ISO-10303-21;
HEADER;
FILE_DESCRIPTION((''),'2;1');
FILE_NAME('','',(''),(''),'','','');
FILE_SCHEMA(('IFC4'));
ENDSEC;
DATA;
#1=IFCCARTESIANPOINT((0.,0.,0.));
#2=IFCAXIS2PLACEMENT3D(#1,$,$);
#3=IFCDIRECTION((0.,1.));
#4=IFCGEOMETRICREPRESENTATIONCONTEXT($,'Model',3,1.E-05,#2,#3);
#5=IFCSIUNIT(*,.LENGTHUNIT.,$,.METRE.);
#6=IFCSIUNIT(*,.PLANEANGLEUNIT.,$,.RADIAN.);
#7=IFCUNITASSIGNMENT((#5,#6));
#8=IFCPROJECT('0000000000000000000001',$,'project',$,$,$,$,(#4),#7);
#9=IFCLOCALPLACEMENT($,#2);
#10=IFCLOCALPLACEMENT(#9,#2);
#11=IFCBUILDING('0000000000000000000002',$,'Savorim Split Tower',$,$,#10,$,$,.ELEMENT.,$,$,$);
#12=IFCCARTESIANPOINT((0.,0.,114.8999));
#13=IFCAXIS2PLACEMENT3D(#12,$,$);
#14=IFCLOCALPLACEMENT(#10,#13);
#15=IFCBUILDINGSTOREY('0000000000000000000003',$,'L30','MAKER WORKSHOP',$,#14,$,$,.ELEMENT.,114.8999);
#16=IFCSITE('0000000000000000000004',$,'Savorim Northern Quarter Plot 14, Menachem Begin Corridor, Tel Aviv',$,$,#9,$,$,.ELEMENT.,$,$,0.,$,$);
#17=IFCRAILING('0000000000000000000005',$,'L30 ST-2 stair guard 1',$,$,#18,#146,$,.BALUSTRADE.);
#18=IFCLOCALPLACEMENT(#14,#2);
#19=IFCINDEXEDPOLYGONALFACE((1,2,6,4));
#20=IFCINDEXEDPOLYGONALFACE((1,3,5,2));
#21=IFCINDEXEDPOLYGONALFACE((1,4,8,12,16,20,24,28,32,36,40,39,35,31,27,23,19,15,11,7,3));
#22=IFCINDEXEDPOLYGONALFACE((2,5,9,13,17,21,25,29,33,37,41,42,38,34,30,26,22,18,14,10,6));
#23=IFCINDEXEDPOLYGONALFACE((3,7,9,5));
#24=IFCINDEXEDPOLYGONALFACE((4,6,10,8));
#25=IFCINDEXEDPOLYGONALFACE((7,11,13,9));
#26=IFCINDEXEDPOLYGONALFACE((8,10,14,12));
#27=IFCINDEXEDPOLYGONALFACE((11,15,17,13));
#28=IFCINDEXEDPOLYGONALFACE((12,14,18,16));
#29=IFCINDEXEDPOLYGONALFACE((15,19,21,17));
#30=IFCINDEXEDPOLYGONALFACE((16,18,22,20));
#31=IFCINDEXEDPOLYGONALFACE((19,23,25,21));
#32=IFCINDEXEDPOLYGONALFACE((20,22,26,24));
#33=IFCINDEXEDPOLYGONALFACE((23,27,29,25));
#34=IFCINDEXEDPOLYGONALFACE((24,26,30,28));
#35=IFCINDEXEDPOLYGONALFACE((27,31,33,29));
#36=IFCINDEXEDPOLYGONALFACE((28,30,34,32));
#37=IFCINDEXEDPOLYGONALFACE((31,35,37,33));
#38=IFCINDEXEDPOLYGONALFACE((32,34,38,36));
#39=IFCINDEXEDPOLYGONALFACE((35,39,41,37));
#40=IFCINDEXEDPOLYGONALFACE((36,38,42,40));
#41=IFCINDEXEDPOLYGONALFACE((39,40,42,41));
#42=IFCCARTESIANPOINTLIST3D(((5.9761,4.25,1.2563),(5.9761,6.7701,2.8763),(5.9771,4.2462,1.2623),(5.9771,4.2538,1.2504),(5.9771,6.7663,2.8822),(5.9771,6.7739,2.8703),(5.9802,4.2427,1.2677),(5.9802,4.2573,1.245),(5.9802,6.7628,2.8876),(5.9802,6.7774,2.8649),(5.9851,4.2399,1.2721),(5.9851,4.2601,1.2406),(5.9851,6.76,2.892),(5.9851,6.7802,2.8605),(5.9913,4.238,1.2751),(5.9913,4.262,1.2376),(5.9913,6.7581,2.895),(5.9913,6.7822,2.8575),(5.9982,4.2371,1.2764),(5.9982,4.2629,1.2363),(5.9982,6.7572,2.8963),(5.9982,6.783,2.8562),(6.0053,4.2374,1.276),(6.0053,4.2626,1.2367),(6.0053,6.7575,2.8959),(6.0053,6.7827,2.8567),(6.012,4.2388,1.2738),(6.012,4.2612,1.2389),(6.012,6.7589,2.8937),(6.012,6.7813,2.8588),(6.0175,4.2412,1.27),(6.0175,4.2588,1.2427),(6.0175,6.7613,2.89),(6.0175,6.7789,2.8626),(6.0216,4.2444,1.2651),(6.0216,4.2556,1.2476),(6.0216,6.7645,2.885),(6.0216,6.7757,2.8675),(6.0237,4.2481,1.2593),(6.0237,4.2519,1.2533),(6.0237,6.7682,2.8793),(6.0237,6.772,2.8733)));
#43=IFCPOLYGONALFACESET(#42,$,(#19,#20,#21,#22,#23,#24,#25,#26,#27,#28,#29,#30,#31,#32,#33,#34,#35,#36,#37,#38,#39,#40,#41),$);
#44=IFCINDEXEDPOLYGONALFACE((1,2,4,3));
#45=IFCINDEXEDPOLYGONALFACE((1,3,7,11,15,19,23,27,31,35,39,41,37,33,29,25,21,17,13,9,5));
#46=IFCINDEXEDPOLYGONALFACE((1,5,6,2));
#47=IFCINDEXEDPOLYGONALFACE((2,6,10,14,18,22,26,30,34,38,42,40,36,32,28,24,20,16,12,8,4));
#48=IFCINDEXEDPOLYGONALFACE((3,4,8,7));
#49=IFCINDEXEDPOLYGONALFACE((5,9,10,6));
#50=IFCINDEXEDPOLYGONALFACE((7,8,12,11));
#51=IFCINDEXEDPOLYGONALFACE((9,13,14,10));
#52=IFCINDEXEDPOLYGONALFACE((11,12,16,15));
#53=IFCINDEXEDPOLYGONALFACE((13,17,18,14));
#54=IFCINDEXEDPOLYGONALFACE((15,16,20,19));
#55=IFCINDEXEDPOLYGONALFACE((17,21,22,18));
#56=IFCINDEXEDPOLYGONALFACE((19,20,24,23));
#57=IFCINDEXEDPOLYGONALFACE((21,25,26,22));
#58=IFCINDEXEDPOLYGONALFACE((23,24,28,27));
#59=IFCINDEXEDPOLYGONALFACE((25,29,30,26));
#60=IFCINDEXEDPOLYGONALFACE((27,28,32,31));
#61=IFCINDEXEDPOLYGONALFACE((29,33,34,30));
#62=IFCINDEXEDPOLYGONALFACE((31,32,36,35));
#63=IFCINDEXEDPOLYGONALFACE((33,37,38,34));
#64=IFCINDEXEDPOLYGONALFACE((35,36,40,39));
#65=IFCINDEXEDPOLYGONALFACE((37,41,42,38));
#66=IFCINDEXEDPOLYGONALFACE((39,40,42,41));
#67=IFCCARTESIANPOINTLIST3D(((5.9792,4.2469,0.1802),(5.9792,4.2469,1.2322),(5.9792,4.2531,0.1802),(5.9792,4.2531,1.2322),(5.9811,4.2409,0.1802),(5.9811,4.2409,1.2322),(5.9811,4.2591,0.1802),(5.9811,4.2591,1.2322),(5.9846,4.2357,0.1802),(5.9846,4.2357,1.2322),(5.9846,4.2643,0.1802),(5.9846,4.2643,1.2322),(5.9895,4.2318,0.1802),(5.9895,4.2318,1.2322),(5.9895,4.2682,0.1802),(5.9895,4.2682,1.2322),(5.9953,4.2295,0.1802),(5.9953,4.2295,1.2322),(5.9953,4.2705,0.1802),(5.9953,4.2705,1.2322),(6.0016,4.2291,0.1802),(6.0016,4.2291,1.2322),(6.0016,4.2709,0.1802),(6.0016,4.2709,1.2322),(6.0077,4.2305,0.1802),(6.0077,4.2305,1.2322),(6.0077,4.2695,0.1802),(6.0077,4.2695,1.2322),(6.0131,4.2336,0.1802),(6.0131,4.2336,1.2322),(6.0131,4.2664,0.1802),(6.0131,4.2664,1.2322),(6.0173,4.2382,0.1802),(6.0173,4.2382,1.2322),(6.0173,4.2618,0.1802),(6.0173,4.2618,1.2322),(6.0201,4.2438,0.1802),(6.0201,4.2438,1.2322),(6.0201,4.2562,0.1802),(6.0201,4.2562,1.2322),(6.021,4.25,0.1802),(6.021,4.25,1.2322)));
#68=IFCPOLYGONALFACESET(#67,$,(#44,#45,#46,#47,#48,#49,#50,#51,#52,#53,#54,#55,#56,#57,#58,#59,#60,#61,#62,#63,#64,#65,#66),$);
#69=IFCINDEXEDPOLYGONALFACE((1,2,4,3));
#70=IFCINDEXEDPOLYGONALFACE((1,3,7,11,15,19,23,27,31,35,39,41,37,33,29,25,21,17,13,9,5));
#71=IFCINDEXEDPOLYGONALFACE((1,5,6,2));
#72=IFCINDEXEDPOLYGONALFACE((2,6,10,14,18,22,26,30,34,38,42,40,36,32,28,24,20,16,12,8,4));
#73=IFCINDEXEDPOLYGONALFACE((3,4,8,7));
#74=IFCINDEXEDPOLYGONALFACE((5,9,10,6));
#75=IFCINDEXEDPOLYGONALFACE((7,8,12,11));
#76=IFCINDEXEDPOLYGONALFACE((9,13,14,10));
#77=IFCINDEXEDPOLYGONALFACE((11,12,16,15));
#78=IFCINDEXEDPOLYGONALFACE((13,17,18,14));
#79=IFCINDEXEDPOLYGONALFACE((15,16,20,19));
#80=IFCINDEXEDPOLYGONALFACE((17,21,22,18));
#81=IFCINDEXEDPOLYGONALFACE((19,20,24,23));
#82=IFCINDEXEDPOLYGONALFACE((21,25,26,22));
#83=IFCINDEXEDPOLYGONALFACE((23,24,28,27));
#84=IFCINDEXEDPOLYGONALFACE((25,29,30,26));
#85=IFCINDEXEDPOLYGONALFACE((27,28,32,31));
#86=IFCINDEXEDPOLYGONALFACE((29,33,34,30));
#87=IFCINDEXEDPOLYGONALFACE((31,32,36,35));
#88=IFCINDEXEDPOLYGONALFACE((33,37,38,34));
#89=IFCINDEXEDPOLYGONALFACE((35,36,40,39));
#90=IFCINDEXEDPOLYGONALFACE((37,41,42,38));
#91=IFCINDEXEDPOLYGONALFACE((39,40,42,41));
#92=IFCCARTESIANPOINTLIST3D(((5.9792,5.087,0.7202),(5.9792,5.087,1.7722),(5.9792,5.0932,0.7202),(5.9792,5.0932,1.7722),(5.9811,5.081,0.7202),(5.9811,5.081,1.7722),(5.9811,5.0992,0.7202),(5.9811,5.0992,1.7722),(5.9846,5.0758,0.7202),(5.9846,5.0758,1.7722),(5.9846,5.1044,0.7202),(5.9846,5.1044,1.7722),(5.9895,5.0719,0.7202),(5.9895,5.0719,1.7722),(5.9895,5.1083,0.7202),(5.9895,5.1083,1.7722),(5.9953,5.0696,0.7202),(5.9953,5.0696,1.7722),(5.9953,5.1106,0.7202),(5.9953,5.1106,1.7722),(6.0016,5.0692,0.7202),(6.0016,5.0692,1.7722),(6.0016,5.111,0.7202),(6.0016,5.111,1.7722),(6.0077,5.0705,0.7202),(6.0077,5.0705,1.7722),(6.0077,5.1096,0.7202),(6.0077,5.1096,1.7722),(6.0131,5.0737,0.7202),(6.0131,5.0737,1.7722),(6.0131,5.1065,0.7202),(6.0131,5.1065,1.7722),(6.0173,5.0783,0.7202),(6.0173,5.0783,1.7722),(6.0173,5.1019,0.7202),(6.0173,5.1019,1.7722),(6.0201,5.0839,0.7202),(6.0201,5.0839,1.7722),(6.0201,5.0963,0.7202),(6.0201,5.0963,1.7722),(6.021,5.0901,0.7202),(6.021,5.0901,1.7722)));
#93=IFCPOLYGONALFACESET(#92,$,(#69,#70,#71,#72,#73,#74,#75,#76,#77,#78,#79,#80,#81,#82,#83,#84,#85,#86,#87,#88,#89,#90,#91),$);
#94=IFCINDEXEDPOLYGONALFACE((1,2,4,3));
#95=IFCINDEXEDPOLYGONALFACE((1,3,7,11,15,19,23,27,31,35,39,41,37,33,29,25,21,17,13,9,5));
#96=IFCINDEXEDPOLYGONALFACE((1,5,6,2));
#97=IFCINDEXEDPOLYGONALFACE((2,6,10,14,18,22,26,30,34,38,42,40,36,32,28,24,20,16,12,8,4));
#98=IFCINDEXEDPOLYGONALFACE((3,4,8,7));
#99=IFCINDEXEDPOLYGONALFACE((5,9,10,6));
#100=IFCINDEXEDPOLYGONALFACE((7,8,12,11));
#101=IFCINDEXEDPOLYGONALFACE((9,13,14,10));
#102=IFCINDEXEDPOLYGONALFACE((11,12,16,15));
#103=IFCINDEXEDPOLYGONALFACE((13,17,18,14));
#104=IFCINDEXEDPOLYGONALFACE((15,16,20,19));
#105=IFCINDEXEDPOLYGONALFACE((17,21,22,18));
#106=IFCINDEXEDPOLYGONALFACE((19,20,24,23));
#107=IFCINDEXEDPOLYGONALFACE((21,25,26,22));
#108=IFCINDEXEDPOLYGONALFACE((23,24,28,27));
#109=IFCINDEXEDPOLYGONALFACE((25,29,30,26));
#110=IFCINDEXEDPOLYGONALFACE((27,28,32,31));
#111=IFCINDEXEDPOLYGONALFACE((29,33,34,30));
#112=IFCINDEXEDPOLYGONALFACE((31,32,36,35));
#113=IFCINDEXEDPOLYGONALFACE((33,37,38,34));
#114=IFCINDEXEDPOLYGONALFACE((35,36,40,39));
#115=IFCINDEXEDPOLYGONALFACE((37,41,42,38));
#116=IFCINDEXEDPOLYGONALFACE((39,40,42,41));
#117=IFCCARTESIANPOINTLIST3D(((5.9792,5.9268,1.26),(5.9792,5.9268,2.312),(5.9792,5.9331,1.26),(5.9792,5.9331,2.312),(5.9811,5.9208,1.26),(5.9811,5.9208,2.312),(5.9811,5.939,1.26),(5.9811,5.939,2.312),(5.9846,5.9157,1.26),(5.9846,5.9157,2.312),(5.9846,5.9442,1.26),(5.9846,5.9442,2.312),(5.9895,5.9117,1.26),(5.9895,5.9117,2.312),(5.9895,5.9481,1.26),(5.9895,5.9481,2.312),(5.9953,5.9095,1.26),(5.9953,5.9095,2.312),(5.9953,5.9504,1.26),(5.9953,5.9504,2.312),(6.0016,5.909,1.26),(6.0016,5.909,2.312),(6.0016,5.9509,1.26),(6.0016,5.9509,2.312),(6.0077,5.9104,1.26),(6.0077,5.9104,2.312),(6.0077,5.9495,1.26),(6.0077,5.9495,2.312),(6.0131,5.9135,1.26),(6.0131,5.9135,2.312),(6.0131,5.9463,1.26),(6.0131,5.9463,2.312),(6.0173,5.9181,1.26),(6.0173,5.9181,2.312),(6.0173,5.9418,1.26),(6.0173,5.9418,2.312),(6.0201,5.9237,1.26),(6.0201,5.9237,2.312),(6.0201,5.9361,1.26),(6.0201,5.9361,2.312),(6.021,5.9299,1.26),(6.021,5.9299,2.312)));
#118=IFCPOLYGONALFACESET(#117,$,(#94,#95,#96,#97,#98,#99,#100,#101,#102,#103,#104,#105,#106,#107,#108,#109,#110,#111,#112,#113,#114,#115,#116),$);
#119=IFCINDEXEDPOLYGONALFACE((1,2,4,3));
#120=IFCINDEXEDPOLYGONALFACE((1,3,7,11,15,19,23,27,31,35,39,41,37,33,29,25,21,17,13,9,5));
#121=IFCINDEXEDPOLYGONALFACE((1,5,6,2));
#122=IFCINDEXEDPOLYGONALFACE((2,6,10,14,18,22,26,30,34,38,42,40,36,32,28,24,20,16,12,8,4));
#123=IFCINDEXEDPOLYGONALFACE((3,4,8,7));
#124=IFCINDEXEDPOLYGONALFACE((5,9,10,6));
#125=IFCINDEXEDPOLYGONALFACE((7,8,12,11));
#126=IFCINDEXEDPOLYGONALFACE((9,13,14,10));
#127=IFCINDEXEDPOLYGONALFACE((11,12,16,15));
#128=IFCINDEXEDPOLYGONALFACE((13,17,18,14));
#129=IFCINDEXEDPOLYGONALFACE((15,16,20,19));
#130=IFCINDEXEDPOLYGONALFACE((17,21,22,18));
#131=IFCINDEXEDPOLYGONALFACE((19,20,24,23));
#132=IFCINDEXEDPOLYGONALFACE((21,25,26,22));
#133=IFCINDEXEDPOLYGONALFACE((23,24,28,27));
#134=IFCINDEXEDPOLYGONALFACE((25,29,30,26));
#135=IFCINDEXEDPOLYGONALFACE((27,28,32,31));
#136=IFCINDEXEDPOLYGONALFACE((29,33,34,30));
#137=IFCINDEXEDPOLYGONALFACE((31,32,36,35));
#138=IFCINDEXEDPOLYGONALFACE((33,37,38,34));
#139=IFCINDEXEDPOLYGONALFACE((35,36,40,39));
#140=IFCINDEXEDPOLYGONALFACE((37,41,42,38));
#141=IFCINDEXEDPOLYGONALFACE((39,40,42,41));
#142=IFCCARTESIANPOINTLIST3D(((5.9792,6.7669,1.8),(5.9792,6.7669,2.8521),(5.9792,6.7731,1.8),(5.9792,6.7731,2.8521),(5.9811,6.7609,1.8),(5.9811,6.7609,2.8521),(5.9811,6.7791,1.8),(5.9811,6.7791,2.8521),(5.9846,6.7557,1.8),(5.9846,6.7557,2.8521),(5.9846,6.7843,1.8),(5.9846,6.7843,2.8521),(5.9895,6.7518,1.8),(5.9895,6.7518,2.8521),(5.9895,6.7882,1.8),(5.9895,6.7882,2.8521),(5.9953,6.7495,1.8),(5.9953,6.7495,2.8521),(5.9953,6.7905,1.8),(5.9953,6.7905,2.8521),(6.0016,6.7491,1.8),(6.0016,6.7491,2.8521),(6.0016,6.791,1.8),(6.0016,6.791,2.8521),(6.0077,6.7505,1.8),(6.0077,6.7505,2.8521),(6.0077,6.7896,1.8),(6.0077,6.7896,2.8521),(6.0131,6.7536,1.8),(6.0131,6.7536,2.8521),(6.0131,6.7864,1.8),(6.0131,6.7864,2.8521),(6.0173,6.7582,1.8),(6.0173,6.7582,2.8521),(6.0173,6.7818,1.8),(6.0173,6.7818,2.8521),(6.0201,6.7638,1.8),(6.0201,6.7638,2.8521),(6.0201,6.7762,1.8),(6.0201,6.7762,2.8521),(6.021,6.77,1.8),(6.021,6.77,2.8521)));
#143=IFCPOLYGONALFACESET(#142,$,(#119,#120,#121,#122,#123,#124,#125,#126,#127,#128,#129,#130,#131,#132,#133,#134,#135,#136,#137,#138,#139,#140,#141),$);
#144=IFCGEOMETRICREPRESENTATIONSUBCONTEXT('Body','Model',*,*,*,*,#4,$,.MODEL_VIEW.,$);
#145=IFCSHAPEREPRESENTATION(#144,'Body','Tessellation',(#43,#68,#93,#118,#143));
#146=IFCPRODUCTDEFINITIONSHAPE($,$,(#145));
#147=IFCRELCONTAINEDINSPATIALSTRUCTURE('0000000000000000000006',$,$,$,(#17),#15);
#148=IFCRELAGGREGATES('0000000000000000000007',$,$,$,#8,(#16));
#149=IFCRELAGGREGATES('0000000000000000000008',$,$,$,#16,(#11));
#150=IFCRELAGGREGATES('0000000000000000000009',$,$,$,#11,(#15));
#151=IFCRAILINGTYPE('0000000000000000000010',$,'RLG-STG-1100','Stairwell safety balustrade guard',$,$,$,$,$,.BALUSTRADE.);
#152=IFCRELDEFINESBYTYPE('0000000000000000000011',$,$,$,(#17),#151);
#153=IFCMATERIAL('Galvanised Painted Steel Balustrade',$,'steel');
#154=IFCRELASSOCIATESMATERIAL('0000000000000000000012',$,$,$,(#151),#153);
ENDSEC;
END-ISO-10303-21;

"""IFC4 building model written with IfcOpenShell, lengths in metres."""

from ifc_helpers import new_model, si_unit, direction, frame, origin, origin_2d, place, context, subcontext, project, spatial, circle, extrude, material, type_object, element, save


model = new_model("IFC4")

# Units and contexts
model_context = context("Model", 3, precision=1e-05, world=origin(), true_north=direction((0.0, 1.0)))
body_context = subcontext(model_context, "Body", "Model", "MODEL_VIEW")
ifc_project = project(units=[si_unit("LENGTHUNIT", "METRE"), si_unit("PLANEANGLEUNIT", "RADIAN")], contexts=[model_context])

# Site, building, storey
site_placement = place(None, origin())
site = spatial("IfcSite", under=ifc_project, at=site_placement, Name="Savorim Northern Quarter Plot 14, Menachem Begin Corridor, Tel Aviv", CompositionType="ELEMENT", RefElevation=0.0)
building_placement = place(site_placement, origin())
building = spatial("IfcBuilding", under=site, at=building_placement, Name="Savorim Split Tower", CompositionType="ELEMENT")
storey_placement = place(building_placement, frame((0.0, 0.0, 114.8999)))
storey = spatial("IfcBuildingStorey", under=building, at=storey_placement, Name="L30", Description="MAKER WORKSHOP", CompositionType="ELEMENT", Elevation=114.8999)

# Railing
ifc_material_1 = material(Name="Galvanised Painted Steel Balustrade", Category="steel")
railing_type_1 = type_object("IfcRailingType", Name="RLG-STG-1100", Description="Stairwell safety balustrade guard", PredefinedType="BALUSTRADE", material=ifc_material_1)
railing_1_placement = place(storey_placement, frame((6.0, 4.25, 0.1802)))
element("IfcRailing", 1, at=railing_1_placement, inside=storey, type_object=railing_type_1, Name="L30 ST-2 stair guard 1", PredefinedType="BALUSTRADE", context=body_context, shape_type="SweptSolid", body=[
    extrude(circle(Radius=0.0239, at=origin_2d()), frame((0.0, 0.0, 1.0762), z_axis=(0.0, 0.8412, 0.540725), x_axis=(-1.0, 0.0, 0.0)), (0.0, 0.0, 1.0), 2.9958),
    extrude(circle(Radius=0.021, at=origin_2d()), origin(), (0.0, 0.0, 1.0), 1.052),
    extrude(circle(Radius=0.021, at=origin_2d()), frame((0.0, 0.8401, 0.54)), (0.0, 0.0, 1.0), 1.052),
    extrude(circle(Radius=0.021, at=origin_2d()), frame((0.0, 1.6799, 1.0798)), (0.0, 0.0, 1.0), 1.052),
    extrude(circle(Radius=0.021, at=origin_2d()), frame((0.0, 2.52, 1.6199)), (0.0, 0.0, 1.0), 1.052),
])

save(model, "model.ifc")
